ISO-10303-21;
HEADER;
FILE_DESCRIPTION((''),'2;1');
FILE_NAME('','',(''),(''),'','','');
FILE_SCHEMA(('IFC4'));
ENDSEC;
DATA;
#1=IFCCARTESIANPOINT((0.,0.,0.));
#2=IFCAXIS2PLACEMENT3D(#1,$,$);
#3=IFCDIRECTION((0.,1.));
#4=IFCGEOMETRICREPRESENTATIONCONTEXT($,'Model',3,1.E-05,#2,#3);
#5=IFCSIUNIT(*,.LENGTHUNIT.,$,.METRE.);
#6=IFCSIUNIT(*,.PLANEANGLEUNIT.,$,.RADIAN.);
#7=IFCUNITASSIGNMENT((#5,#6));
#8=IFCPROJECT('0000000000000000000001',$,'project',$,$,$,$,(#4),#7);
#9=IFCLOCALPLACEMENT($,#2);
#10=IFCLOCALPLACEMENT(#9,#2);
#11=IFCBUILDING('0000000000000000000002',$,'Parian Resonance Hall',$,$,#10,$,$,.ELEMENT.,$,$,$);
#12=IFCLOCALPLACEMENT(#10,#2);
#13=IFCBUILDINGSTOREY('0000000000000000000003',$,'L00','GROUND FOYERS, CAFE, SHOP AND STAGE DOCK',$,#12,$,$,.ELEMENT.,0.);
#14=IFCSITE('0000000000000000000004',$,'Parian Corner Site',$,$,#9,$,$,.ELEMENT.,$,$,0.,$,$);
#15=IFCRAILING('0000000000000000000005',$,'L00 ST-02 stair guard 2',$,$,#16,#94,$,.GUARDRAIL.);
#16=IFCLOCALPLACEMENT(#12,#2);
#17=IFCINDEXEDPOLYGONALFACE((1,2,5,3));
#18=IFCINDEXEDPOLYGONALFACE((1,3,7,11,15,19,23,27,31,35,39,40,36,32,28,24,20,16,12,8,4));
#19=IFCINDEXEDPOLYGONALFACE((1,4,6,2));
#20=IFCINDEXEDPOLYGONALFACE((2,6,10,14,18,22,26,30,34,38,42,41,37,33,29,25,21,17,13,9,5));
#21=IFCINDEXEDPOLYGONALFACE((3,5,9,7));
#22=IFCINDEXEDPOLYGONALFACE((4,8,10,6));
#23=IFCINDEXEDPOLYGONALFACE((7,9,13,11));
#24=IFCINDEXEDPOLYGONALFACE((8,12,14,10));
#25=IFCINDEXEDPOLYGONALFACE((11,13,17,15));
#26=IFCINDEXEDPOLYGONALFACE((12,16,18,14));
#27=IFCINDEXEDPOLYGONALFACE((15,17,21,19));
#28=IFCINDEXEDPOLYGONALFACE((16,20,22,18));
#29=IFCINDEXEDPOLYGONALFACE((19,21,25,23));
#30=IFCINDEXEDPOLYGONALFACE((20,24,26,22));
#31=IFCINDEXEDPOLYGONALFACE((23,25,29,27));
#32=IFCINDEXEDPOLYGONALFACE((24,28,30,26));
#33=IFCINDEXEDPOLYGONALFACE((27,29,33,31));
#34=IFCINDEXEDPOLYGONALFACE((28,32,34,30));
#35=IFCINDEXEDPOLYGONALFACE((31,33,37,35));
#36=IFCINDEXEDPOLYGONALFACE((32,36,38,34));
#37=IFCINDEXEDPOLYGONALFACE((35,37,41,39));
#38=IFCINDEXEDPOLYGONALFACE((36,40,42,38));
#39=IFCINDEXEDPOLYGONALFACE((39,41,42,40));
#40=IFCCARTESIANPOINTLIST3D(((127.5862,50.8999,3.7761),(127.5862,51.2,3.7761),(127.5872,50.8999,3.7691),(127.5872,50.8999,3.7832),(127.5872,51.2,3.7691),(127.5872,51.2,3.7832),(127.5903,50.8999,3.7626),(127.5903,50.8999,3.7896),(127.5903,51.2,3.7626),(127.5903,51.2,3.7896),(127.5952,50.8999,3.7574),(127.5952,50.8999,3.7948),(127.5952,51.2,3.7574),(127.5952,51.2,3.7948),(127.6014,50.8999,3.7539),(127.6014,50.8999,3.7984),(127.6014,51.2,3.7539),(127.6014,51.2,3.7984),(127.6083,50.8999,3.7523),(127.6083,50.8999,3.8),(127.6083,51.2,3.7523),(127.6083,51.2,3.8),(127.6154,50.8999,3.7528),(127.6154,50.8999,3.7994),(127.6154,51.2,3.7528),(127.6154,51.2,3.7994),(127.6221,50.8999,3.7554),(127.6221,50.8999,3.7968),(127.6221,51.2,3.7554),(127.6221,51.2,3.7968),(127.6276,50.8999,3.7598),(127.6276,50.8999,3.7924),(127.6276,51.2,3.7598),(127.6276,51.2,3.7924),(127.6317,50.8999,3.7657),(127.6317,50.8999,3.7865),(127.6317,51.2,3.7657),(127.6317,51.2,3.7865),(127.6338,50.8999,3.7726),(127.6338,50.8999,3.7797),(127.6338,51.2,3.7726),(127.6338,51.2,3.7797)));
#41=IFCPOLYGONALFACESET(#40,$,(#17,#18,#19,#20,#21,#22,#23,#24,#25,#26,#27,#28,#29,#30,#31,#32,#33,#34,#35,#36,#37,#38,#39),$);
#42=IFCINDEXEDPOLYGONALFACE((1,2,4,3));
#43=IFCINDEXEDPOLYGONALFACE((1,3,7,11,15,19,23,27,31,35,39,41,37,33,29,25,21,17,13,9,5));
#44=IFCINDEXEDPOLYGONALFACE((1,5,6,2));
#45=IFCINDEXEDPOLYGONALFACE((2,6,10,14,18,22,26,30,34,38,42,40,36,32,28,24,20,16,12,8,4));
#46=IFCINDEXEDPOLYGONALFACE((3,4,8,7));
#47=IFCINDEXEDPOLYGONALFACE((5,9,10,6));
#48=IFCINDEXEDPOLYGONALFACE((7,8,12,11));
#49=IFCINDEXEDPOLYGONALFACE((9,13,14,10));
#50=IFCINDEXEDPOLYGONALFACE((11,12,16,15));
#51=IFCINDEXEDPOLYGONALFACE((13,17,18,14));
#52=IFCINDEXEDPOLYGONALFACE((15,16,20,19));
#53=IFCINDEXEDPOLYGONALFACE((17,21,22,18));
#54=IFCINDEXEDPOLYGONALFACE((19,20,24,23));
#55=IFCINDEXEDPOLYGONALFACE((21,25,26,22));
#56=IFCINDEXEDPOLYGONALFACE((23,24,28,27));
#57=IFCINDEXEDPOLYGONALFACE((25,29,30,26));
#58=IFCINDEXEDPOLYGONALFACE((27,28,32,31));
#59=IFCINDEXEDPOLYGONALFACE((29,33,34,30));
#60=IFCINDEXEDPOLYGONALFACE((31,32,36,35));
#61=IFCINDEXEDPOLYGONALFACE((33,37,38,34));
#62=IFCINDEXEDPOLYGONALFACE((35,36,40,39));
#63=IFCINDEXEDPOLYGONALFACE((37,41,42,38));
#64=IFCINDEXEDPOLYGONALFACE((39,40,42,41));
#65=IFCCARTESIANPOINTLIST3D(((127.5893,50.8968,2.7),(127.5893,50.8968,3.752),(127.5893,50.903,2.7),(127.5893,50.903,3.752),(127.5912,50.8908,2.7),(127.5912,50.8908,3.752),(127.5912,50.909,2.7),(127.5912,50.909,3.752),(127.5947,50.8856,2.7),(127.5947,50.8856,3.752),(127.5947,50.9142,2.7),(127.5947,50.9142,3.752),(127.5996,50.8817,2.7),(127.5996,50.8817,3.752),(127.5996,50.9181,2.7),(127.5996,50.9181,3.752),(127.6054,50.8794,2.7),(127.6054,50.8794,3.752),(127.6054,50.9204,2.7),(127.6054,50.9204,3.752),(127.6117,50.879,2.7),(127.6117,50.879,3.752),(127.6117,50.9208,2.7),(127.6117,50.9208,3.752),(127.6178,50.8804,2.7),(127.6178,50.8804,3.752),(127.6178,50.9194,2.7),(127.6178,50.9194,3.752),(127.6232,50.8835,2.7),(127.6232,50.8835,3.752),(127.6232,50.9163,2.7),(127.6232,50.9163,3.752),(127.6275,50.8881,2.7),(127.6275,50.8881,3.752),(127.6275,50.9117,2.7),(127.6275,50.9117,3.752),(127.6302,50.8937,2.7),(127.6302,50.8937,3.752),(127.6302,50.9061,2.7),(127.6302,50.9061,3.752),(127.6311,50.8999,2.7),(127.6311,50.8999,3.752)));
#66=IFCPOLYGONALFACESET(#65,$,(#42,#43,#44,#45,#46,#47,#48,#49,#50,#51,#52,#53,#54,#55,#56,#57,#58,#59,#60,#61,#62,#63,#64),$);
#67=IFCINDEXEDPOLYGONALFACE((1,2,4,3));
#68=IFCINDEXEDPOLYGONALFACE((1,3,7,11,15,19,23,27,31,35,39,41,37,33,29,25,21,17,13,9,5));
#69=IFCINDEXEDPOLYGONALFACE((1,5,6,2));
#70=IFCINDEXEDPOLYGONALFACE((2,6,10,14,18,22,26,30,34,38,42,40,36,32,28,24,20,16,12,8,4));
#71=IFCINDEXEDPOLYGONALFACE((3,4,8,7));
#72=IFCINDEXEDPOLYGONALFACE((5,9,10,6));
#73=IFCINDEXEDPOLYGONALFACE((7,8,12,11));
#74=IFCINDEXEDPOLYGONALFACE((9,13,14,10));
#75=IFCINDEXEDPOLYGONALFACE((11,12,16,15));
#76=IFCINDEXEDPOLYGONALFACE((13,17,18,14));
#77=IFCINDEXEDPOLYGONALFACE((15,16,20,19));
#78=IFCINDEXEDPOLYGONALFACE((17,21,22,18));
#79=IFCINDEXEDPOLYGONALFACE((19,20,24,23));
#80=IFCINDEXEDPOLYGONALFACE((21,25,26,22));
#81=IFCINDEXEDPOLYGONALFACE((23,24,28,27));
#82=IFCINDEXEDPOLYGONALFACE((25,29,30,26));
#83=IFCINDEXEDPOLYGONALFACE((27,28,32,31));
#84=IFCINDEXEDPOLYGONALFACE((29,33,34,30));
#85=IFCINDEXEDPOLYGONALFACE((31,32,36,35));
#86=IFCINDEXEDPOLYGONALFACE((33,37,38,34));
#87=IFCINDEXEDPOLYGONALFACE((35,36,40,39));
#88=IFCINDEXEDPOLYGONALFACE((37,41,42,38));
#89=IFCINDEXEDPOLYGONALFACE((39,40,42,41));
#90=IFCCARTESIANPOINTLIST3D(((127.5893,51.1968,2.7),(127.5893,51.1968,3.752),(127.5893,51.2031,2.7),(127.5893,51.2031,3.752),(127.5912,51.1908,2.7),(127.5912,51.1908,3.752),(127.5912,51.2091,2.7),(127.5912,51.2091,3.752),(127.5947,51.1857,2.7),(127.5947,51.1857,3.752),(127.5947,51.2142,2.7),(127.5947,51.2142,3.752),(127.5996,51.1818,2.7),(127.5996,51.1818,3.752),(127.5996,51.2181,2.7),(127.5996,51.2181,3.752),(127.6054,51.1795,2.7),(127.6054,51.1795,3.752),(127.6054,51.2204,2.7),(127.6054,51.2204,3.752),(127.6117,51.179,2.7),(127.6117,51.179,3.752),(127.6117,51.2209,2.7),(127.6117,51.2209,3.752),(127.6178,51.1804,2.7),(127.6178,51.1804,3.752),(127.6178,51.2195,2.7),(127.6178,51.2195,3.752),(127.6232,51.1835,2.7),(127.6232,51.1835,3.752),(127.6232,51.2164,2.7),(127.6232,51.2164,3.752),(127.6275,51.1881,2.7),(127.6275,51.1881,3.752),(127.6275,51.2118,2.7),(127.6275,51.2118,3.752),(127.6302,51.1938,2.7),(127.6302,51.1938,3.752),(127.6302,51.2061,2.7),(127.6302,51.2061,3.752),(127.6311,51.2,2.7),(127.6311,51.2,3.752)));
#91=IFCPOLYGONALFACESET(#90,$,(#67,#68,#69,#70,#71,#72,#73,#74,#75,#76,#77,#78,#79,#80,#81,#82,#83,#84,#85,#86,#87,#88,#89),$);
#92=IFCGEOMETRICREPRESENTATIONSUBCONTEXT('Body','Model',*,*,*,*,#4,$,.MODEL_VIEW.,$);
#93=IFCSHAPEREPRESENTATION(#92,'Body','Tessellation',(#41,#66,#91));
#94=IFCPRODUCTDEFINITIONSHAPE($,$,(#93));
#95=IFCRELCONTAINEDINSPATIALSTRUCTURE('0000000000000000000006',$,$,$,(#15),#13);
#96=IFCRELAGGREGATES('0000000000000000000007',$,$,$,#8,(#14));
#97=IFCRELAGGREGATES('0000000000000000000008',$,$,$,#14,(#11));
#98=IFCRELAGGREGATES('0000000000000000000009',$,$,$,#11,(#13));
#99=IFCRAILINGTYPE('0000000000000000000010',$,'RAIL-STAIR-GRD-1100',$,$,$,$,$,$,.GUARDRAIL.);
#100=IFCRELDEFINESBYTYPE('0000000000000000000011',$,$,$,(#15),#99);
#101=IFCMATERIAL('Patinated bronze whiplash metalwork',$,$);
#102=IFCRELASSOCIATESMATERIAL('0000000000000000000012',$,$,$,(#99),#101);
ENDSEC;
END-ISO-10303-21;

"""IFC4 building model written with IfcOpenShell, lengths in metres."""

from ifc_helpers import new_model, si_unit, direction, frame, origin, origin_2d, place, context, subcontext, project, spatial, circle, extrude, material, type_object, element, save


model = new_model("IFC4")

# Units and contexts
model_context = context("Model", 3, precision=1e-05, world=origin(), true_north=direction((0.0, 1.0)))
body_context = subcontext(model_context, "Body", "Model", "MODEL_VIEW")
ifc_project = project(units=[si_unit("LENGTHUNIT", "METRE"), si_unit("PLANEANGLEUNIT", "RADIAN")], contexts=[model_context])

# Site, building, storey
site_placement = place(None, origin())
site = spatial("IfcSite", under=ifc_project, at=site_placement, Name="Parian Corner Site", CompositionType="ELEMENT", RefElevation=0.0)
building_placement = place(site_placement, origin())
building = spatial("IfcBuilding", under=site, at=building_placement, Name="Parian Resonance Hall", CompositionType="ELEMENT")
storey_placement = place(building_placement, origin())
storey = spatial("IfcBuildingStorey", under=building, at=storey_placement, Name="L00", Description="GROUND FOYERS, CAFE, SHOP AND STAGE DOCK", CompositionType="ELEMENT", Elevation=0.0)

# Railing
ifc_material_1 = material(Name="Patinated bronze whiplash metalwork")
railing_type_1 = type_object("IfcRailingType", Name="RAIL-STAIR-GRD-1100", PredefinedType="GUARDRAIL", material=ifc_material_1)
railing_1_placement = place(storey_placement, frame((127.6101, 50.8999, 2.7)))
element("IfcRailing", 1, at=railing_1_placement, inside=storey, type_object=railing_type_1, Name="L00 ST-02 stair guard 2", PredefinedType="GUARDRAIL", context=body_context, shape_type="SweptSolid", body=[
    extrude(circle(Radius=0.0239, at=origin_2d()), frame((0.0, 0.0, 1.0762), z_axis=(0.0, 1.0, 0.0), x_axis=(-1.0, 0.0, 0.0)), (0.0, 0.0, 1.0), 0.3),
    extrude(circle(Radius=0.021, at=origin_2d()), origin(), (0.0, 0.0, 1.0), 1.052),
    extrude(circle(Radius=0.021, at=origin_2d()), frame((0.0, 0.3, 0.0)), (0.0, 0.0, 1.0), 1.052),
])

save(model, "model.ifc")
